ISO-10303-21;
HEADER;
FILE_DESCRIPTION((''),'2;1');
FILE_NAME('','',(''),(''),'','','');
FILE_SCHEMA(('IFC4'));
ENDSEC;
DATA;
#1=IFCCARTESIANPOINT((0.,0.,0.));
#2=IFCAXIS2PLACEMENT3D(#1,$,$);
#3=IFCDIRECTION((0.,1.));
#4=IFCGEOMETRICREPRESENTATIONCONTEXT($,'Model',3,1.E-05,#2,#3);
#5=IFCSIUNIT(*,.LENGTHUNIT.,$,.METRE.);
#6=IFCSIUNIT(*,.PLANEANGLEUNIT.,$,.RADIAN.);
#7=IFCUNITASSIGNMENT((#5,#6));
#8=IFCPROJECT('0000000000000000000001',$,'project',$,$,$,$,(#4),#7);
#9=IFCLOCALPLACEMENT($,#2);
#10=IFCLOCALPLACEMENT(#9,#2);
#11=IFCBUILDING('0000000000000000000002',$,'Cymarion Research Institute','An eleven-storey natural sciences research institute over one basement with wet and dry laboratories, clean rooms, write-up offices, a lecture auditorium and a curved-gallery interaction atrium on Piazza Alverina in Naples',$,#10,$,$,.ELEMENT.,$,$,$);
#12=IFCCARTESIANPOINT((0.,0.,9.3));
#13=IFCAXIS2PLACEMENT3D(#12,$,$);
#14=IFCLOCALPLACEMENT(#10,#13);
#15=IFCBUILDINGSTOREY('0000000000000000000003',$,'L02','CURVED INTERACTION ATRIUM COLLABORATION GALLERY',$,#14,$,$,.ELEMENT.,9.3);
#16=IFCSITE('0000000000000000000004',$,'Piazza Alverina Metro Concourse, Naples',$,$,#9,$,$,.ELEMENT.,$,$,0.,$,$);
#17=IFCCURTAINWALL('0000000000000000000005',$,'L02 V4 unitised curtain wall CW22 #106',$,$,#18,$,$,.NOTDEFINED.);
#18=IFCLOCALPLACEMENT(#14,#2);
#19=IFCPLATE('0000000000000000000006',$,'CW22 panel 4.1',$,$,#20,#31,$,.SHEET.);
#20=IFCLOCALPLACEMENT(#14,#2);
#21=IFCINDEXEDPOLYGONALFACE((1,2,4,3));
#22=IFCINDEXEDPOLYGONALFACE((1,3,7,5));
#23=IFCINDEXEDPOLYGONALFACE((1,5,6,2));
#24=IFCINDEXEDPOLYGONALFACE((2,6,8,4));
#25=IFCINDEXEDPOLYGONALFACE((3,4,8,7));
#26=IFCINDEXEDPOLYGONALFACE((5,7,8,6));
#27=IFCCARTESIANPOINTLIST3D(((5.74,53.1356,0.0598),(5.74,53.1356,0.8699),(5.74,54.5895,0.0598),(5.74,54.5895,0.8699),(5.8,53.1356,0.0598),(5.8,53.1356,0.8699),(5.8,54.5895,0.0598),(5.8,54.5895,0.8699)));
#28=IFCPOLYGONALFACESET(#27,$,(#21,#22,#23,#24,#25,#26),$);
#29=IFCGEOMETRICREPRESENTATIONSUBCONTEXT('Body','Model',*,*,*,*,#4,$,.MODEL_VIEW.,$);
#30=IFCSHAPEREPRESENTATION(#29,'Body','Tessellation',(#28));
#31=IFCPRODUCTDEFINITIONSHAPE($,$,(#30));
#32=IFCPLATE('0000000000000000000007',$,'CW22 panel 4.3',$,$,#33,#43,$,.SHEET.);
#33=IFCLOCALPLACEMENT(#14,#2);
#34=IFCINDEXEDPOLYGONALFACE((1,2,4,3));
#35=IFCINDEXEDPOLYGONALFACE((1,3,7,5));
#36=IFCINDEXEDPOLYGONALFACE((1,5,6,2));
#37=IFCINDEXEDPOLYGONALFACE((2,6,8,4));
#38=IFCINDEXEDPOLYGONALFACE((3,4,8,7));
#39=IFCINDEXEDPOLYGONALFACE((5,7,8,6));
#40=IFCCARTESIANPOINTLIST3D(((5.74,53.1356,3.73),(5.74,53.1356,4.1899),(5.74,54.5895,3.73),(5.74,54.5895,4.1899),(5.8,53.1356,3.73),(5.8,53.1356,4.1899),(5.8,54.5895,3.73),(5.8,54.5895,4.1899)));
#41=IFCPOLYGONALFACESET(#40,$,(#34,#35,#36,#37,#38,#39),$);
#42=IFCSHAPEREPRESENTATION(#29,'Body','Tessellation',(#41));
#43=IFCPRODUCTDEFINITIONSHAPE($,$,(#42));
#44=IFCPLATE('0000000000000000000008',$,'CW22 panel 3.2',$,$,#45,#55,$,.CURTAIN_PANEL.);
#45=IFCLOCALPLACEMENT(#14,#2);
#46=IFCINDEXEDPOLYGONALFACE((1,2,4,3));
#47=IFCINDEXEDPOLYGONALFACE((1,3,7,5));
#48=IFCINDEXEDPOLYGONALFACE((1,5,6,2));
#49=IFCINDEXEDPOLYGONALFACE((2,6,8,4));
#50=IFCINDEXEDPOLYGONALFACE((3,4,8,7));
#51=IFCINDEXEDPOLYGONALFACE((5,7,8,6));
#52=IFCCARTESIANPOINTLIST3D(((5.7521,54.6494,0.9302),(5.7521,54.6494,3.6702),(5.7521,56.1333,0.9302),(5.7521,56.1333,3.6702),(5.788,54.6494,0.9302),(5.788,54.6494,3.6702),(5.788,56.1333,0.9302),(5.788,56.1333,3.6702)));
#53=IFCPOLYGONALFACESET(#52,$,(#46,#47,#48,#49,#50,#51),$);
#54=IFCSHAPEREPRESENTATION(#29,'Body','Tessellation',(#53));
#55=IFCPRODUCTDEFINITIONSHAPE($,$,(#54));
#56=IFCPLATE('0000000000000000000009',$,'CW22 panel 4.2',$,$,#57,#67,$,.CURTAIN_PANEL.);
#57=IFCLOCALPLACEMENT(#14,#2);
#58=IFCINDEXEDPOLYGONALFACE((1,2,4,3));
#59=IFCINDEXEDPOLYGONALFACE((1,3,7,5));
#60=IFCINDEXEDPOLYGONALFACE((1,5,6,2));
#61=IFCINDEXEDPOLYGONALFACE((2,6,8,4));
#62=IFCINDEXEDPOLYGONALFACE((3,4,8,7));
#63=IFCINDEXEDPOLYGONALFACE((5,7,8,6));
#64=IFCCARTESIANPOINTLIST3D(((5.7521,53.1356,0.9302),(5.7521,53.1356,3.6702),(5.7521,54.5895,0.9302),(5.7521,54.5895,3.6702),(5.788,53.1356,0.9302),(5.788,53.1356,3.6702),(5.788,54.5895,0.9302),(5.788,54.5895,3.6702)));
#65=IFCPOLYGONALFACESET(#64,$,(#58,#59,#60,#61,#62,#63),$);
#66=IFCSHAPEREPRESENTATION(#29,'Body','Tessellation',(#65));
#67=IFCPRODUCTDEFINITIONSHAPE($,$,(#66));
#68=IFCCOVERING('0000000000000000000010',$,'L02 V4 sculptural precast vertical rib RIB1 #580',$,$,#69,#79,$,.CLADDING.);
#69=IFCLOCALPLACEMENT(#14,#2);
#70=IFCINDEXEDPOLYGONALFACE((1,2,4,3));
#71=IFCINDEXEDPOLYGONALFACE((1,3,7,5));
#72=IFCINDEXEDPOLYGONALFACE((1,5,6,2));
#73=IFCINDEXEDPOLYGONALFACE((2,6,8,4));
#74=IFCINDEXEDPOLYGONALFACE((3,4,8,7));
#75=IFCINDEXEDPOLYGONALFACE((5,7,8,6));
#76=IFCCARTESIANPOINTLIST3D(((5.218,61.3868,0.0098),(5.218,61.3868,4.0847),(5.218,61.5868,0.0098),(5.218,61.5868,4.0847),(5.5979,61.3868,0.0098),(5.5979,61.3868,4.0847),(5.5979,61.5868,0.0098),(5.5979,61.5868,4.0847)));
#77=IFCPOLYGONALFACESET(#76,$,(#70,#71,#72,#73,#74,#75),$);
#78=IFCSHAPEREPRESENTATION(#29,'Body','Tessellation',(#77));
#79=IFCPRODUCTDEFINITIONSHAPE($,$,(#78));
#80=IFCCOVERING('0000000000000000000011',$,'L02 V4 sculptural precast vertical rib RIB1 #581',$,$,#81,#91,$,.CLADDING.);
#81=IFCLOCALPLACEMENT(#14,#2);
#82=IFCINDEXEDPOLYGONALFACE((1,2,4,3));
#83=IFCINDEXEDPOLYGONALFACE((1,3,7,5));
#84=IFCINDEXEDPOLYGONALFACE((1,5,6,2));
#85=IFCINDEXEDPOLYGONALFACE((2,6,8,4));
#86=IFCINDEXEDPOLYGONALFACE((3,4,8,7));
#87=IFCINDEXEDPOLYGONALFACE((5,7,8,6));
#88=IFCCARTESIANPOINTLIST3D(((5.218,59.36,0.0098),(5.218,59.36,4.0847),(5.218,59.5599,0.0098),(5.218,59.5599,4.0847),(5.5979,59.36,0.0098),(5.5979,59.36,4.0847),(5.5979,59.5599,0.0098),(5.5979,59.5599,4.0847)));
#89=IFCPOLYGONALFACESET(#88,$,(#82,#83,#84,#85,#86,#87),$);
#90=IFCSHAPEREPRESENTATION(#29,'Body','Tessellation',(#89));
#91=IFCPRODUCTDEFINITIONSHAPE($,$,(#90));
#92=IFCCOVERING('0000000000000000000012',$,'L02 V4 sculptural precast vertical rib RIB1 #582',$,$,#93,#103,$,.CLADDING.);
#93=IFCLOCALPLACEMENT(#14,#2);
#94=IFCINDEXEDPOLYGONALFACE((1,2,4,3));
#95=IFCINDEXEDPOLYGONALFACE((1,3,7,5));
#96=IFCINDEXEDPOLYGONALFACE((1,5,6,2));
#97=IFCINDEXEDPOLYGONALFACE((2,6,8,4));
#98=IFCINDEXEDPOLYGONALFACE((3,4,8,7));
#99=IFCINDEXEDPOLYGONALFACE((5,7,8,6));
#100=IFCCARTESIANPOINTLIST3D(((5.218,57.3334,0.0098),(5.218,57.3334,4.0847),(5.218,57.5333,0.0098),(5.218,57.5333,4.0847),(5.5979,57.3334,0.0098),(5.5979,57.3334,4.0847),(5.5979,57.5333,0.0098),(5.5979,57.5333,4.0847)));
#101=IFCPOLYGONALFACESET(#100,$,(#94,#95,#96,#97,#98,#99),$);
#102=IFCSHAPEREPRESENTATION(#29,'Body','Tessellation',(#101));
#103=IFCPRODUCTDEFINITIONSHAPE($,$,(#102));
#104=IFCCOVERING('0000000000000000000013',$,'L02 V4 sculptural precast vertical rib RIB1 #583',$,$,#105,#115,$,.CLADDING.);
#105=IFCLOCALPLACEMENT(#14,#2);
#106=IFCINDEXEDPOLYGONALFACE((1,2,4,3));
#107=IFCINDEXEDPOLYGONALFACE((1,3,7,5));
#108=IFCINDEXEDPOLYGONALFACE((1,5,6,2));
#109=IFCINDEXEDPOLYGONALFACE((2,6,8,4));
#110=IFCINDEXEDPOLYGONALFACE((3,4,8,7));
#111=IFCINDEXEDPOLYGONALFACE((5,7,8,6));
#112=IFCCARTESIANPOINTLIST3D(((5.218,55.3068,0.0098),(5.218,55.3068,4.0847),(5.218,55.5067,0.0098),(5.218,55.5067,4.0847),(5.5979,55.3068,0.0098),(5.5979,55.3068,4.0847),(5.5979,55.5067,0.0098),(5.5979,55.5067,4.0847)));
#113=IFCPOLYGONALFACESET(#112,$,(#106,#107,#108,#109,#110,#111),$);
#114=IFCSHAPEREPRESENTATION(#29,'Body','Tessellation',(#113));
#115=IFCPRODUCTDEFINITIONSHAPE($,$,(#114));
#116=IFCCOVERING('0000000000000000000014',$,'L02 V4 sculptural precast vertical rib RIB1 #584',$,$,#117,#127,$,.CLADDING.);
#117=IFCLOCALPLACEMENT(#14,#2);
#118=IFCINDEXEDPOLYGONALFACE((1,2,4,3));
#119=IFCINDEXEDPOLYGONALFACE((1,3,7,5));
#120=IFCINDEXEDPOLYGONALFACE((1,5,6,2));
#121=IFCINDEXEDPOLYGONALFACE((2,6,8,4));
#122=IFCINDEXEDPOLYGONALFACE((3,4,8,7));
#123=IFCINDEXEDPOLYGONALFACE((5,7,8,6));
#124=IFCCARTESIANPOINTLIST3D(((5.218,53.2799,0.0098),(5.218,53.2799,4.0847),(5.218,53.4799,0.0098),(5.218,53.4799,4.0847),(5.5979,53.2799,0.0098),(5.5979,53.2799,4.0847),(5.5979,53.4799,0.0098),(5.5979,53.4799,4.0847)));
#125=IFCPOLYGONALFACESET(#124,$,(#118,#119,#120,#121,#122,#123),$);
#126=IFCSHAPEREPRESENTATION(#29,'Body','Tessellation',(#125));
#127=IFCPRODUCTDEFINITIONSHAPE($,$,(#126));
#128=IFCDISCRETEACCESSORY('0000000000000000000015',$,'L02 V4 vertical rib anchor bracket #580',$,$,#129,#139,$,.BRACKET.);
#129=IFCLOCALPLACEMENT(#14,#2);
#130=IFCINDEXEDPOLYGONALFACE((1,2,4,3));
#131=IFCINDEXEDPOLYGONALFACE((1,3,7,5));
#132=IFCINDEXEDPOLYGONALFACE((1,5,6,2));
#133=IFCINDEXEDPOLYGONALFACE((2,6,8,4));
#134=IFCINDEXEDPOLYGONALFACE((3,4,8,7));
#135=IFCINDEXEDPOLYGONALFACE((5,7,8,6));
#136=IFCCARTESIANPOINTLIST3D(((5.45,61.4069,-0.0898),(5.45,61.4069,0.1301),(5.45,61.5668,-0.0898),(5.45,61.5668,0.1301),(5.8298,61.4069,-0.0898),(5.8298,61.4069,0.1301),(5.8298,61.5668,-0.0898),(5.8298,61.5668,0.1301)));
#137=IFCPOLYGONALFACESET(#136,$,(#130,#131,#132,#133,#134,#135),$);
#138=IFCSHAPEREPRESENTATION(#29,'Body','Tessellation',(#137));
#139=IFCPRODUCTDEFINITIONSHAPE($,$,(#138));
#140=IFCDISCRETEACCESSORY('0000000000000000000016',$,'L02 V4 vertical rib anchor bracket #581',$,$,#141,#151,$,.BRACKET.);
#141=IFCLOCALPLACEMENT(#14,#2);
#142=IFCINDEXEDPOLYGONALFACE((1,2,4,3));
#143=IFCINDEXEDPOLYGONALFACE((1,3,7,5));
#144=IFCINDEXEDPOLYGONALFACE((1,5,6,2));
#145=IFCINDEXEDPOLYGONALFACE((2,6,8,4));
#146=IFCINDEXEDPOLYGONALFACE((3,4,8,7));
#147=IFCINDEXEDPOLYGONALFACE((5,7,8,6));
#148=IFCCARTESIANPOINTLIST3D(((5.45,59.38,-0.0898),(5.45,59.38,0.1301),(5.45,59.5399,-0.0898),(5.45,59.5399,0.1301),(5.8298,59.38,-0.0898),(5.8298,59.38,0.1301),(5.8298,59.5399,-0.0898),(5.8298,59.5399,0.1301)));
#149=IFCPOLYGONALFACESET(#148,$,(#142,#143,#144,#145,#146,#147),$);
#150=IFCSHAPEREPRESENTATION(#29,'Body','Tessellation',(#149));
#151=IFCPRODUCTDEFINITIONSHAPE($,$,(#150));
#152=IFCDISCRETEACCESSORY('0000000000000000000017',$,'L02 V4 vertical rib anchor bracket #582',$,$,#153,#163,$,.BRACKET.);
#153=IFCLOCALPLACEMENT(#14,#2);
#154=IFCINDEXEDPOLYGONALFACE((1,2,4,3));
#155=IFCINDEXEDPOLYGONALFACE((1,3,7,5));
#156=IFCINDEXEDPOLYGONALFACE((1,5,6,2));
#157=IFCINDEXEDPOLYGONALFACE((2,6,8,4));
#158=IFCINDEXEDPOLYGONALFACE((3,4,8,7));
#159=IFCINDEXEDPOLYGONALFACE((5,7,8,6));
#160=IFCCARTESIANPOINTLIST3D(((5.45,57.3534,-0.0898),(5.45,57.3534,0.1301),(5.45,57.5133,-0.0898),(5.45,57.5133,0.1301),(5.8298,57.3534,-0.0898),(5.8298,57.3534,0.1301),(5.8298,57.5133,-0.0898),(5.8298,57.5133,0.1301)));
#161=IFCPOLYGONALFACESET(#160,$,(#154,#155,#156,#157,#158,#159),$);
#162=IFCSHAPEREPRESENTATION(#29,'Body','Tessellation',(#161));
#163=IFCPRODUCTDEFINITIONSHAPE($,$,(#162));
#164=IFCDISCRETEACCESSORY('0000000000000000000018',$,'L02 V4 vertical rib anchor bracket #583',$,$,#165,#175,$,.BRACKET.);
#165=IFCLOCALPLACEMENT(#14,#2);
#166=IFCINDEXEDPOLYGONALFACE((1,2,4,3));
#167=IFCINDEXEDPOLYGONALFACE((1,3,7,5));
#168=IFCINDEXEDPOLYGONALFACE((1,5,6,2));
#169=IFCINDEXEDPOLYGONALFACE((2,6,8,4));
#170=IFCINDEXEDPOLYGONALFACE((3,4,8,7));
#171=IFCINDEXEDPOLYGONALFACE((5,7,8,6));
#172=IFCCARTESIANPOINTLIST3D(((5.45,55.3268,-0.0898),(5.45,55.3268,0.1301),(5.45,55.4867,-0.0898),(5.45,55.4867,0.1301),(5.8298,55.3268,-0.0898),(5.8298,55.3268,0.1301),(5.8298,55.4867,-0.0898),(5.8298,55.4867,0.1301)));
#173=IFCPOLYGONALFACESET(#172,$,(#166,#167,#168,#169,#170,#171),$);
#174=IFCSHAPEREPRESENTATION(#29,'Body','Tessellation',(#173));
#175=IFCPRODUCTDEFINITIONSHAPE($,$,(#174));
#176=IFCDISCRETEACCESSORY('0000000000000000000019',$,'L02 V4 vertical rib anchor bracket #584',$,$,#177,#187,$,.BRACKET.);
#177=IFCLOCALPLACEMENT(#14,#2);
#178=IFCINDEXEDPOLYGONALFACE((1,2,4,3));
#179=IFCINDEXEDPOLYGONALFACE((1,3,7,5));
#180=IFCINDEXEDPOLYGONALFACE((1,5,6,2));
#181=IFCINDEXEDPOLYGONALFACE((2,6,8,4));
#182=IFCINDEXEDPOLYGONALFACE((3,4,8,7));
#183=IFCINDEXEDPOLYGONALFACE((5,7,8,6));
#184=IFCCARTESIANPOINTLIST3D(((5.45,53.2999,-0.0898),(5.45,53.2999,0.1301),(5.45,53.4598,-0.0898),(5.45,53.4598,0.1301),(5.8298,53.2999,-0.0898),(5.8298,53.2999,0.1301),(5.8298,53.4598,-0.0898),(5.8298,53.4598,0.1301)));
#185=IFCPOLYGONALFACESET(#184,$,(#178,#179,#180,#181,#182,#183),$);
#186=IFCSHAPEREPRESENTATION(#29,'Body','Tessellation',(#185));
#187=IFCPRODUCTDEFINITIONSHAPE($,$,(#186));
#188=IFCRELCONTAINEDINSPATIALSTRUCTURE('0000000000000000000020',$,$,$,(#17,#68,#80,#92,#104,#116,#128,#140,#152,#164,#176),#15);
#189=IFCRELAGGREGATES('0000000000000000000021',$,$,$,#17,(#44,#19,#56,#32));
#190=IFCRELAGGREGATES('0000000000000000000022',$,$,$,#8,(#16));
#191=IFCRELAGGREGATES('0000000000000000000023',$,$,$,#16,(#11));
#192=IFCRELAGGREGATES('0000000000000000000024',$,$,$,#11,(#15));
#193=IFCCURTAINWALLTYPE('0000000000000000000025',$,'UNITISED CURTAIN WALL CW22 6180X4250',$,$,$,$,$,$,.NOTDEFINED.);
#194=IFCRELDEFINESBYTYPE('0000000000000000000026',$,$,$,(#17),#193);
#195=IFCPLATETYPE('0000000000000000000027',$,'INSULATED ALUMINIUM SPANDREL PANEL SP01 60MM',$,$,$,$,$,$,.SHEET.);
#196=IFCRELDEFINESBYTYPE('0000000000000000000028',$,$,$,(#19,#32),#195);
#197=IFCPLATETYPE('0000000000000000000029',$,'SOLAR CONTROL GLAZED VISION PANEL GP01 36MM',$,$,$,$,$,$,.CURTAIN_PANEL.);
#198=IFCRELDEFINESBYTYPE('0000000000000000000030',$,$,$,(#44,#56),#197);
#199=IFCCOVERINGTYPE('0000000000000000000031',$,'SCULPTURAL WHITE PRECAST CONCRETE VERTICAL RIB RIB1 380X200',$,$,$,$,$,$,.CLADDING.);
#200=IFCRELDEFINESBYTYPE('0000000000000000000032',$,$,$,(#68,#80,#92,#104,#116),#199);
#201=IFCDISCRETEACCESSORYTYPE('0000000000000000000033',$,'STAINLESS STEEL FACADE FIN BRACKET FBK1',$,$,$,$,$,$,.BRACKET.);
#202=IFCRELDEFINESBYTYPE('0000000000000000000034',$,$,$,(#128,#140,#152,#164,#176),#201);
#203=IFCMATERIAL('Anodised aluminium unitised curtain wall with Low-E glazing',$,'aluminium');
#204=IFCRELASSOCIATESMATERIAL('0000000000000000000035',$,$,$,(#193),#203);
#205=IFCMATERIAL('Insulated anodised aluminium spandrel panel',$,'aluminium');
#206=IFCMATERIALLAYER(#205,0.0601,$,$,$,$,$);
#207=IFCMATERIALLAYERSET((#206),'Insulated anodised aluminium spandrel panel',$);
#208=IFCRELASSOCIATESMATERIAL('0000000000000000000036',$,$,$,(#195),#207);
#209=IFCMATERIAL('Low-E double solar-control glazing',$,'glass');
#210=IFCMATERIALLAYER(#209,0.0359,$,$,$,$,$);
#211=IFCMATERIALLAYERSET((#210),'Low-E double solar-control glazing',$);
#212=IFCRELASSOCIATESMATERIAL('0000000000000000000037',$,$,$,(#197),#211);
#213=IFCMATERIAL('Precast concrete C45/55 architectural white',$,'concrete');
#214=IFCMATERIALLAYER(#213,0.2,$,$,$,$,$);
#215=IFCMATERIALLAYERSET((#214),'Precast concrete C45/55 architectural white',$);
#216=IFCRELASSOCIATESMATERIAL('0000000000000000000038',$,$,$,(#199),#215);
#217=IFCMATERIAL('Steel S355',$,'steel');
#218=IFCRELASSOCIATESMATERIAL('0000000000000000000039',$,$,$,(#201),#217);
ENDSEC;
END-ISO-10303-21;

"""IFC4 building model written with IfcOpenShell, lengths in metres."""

from ifc_helpers import new_model, si_unit, direction, frame, origin, origin_2d, place, context, subcontext, project, spatial, rectangle, extrude, material, layer, layer_set, type_object, element, aggregate, save


model = new_model("IFC4")

# Units and contexts
model_context = context("Model", 3, precision=1e-05, world=origin(), true_north=direction((0.0, 1.0)))
body_context = subcontext(model_context, "Body", "Model", "MODEL_VIEW")
ifc_project = project(units=[si_unit("LENGTHUNIT", "METRE"), si_unit("PLANEANGLEUNIT", "RADIAN")], contexts=[model_context])

# Site, building, storey
site_placement = place(None, origin())
site = spatial("IfcSite", under=ifc_project, at=site_placement, Name="Piazza Alverina Metro Concourse, Naples", CompositionType="ELEMENT", RefElevation=0.0)
building_placement = place(site_placement, origin())
building = spatial("IfcBuilding", under=site, at=building_placement, Name="Cymarion Research Institute", Description="An eleven-storey natural sciences research institute over one basement with wet and dry laboratories, clean rooms, write-up offices, a lecture auditorium and a curved-gallery interaction atrium on Piazza Alverina in Naples", CompositionType="ELEMENT")
storey_placement = place(building_placement, frame((0.0, 0.0, 9.3)))
storey = spatial("IfcBuildingStorey", under=building, at=storey_placement, Name="L02", Description="CURVED INTERACTION ATRIUM COLLABORATION GALLERY", CompositionType="ELEMENT", Elevation=9.3)

# Curtain wall
ifc_material_1 = material(Name="Anodised aluminium unitised curtain wall with Low-E glazing", Category="aluminium")
curtain_wall_type = type_object("IfcCurtainWallType", Name="UNITISED CURTAIN WALL CW22 6180X4250", PredefinedType="NOTDEFINED", material=ifc_material_1)
curtain_wall_1_placement = place(storey_placement, origin())
curtain_wall_1 = element("IfcCurtainWall", 1, at=curtain_wall_1_placement, inside=storey, type_object=curtain_wall_type, Name="L02 V4 unitised curtain wall CW22 #106", PredefinedType="NOTDEFINED")

# Plates
ifc_material_2 = material(Name="Insulated anodised aluminium spandrel panel", Category="aluminium")
ifc_layer_1 = layer(ifc_material_2, 0.0601)
ifc_layer_set_1 = layer_set([ifc_layer_1], Name="Insulated anodised aluminium spandrel panel")
plate_type_1 = type_object("IfcPlateType", Name="INSULATED ALUMINIUM SPANDREL PANEL SP01 60MM", PredefinedType="SHEET", material=ifc_layer_set_1)
plate_1_placement = place(storey_placement, frame((5.77, 53.8625, 0.0598), z_axis=(0.0, 0.0, 1.0), x_axis=(0.0, -1.0, 0.0)))
plate_1 = element("IfcPlate", 2, at=plate_1_placement, type_object=plate_type_1, Name="CW22 panel 4.1", PredefinedType="SHEET", context=body_context, shape_type="SweptSolid", body=[
    extrude(rectangle(XDim=1.4539, YDim=0.0601, at=origin_2d()), origin(), (0.0, 0.0, 1.0), 0.8101),
])
plate_2_placement = place(storey_placement, frame((5.77, 53.8625, 3.73), z_axis=(0.0, 0.0, 1.0), x_axis=(0.0, -1.0, 0.0)))
plate_2 = element("IfcPlate", 3, at=plate_2_placement, type_object=plate_type_1, Name="CW22 panel 4.3", PredefinedType="SHEET", context=body_context, shape_type="SweptSolid", body=[
    extrude(rectangle(XDim=1.4539, YDim=0.0601, at=origin_2d()), origin(), (0.0, 0.0, 1.0), 0.46),
])
ifc_material_3 = material(Name="Low-E double solar-control glazing", Category="glass")
ifc_layer_2 = layer(ifc_material_3, 0.0359)
ifc_layer_set_2 = layer_set([ifc_layer_2], Name="Low-E double solar-control glazing")
plate_type_2 = type_object("IfcPlateType", Name="SOLAR CONTROL GLAZED VISION PANEL GP01 36MM", PredefinedType="CURTAIN_PANEL", material=ifc_layer_set_2)
plate_3_placement = place(storey_placement, frame((5.77, 55.3914, 0.9302), z_axis=(0.0, 0.0, 1.0), x_axis=(0.0, -1.0, 0.0)))
plate_3 = element("IfcPlate", 4, at=plate_3_placement, type_object=plate_type_2, Name="CW22 panel 3.2", PredefinedType="CURTAIN_PANEL", context=body_context, shape_type="SweptSolid", body=[
    extrude(rectangle(XDim=1.4839, YDim=0.0359, at=origin_2d()), origin(), (0.0, 0.0, 1.0), 2.74),
])
plate_4_placement = place(storey_placement, frame((5.77, 53.8625, 0.9302), z_axis=(0.0, 0.0, 1.0), x_axis=(0.0, -1.0, 0.0)))
plate_4 = element("IfcPlate", 5, at=plate_4_placement, type_object=plate_type_2, Name="CW22 panel 4.2", PredefinedType="CURTAIN_PANEL", context=body_context, shape_type="SweptSolid", body=[
    extrude(rectangle(XDim=1.4539, YDim=0.0359, at=origin_2d()), origin(), (0.0, 0.0, 1.0), 2.74),
])
aggregate(curtain_wall_1, [plate_3, plate_1, plate_4, plate_2])

# Coverings
ifc_material_4 = material(Name="Precast concrete C45/55 architectural white", Category="concrete")
ifc_layer_3 = layer(ifc_material_4, 0.2)
ifc_layer_set_3 = layer_set([ifc_layer_3], Name="Precast concrete C45/55 architectural white")
covering_type = type_object("IfcCoveringType", Name="SCULPTURAL WHITE PRECAST CONCRETE VERTICAL RIB RIB1 380X200", PredefinedType="CLADDING", material=ifc_layer_set_3)
for number, where, z_axis, x_axis, name in (
    (6, (5.408, 61.4868, 0.0098), (0.0, 0.0, 1.0), (-1.0, 0.0, 0.0), "L02 V4 sculptural precast vertical rib RIB1 #580"),
    (7, (5.408, 59.46, 0.0098), (0.0, 0.0, 1.0), (-1.0, 0.0, 0.0), "L02 V4 sculptural precast vertical rib RIB1 #581"),
    (8, (5.408, 57.4333, 0.0098), (0.0, 0.0, 1.0), (-1.0, 0.0, 0.0), "L02 V4 sculptural precast vertical rib RIB1 #582"),
    (9, (5.408, 55.4067, 0.0098), (0.0, 0.0, 1.0), (-1.0, 0.0, 0.0), "L02 V4 sculptural precast vertical rib RIB1 #583"),
    (10, (5.408, 53.3799, 0.0098), (0.0, 0.0, 1.0), (-1.0, 0.0, 0.0), "L02 V4 sculptural precast vertical rib RIB1 #584"),
):
    element("IfcCovering", number, at=place(storey_placement, frame(where, z_axis=z_axis, x_axis=x_axis)), inside=storey, type_object=covering_type, Name=name, PredefinedType="CLADDING", context=body_context, shape_type="SweptSolid", body=[
        extrude(rectangle(XDim=0.3799, YDim=0.2, at=origin_2d()), origin(), (0.0, 0.0, 1.0), 4.075),
    ])

# Discrete accessories
ifc_material_5 = material(Name="Steel S355", Category="steel")
discrete_accessory_type = type_object("IfcDiscreteAccessoryType", Name="STAINLESS STEEL FACADE FIN BRACKET FBK1", PredefinedType="BRACKET", material=ifc_material_5)
for number, where, z_axis, x_axis, name in (
    (11, (5.6399, 61.4868, -0.0898), (0.0, 0.0, 1.0), (-1.0, 0.0, 0.0), "L02 V4 vertical rib anchor bracket #580"),
    (12, (5.6399, 59.46, -0.0898), (0.0, 0.0, 1.0), (-1.0, 0.0, 0.0), "L02 V4 vertical rib anchor bracket #581"),
    (13, (5.6399, 57.4333, -0.0898), (0.0, 0.0, 1.0), (-1.0, 0.0, 0.0), "L02 V4 vertical rib anchor bracket #582"),
    (14, (5.6399, 55.4067, -0.0898), (0.0, 0.0, 1.0), (-1.0, 0.0, 0.0), "L02 V4 vertical rib anchor bracket #583"),
    (15, (5.6399, 53.3799, -0.0898), (0.0, 0.0, 1.0), (-1.0, 0.0, 0.0), "L02 V4 vertical rib anchor bracket #584"),
):
    element("IfcDiscreteAccessory", number, at=place(storey_placement, frame(where, z_axis=z_axis, x_axis=x_axis)), inside=storey, type_object=discrete_accessory_type, Name=name, PredefinedType="BRACKET", context=body_context, shape_type="SweptSolid", body=[
        extrude(rectangle(XDim=0.3799, YDim=0.1599, at=origin_2d()), origin(), (0.0, 0.0, 1.0), 0.22),
    ])

save(model, "model.ifc")
